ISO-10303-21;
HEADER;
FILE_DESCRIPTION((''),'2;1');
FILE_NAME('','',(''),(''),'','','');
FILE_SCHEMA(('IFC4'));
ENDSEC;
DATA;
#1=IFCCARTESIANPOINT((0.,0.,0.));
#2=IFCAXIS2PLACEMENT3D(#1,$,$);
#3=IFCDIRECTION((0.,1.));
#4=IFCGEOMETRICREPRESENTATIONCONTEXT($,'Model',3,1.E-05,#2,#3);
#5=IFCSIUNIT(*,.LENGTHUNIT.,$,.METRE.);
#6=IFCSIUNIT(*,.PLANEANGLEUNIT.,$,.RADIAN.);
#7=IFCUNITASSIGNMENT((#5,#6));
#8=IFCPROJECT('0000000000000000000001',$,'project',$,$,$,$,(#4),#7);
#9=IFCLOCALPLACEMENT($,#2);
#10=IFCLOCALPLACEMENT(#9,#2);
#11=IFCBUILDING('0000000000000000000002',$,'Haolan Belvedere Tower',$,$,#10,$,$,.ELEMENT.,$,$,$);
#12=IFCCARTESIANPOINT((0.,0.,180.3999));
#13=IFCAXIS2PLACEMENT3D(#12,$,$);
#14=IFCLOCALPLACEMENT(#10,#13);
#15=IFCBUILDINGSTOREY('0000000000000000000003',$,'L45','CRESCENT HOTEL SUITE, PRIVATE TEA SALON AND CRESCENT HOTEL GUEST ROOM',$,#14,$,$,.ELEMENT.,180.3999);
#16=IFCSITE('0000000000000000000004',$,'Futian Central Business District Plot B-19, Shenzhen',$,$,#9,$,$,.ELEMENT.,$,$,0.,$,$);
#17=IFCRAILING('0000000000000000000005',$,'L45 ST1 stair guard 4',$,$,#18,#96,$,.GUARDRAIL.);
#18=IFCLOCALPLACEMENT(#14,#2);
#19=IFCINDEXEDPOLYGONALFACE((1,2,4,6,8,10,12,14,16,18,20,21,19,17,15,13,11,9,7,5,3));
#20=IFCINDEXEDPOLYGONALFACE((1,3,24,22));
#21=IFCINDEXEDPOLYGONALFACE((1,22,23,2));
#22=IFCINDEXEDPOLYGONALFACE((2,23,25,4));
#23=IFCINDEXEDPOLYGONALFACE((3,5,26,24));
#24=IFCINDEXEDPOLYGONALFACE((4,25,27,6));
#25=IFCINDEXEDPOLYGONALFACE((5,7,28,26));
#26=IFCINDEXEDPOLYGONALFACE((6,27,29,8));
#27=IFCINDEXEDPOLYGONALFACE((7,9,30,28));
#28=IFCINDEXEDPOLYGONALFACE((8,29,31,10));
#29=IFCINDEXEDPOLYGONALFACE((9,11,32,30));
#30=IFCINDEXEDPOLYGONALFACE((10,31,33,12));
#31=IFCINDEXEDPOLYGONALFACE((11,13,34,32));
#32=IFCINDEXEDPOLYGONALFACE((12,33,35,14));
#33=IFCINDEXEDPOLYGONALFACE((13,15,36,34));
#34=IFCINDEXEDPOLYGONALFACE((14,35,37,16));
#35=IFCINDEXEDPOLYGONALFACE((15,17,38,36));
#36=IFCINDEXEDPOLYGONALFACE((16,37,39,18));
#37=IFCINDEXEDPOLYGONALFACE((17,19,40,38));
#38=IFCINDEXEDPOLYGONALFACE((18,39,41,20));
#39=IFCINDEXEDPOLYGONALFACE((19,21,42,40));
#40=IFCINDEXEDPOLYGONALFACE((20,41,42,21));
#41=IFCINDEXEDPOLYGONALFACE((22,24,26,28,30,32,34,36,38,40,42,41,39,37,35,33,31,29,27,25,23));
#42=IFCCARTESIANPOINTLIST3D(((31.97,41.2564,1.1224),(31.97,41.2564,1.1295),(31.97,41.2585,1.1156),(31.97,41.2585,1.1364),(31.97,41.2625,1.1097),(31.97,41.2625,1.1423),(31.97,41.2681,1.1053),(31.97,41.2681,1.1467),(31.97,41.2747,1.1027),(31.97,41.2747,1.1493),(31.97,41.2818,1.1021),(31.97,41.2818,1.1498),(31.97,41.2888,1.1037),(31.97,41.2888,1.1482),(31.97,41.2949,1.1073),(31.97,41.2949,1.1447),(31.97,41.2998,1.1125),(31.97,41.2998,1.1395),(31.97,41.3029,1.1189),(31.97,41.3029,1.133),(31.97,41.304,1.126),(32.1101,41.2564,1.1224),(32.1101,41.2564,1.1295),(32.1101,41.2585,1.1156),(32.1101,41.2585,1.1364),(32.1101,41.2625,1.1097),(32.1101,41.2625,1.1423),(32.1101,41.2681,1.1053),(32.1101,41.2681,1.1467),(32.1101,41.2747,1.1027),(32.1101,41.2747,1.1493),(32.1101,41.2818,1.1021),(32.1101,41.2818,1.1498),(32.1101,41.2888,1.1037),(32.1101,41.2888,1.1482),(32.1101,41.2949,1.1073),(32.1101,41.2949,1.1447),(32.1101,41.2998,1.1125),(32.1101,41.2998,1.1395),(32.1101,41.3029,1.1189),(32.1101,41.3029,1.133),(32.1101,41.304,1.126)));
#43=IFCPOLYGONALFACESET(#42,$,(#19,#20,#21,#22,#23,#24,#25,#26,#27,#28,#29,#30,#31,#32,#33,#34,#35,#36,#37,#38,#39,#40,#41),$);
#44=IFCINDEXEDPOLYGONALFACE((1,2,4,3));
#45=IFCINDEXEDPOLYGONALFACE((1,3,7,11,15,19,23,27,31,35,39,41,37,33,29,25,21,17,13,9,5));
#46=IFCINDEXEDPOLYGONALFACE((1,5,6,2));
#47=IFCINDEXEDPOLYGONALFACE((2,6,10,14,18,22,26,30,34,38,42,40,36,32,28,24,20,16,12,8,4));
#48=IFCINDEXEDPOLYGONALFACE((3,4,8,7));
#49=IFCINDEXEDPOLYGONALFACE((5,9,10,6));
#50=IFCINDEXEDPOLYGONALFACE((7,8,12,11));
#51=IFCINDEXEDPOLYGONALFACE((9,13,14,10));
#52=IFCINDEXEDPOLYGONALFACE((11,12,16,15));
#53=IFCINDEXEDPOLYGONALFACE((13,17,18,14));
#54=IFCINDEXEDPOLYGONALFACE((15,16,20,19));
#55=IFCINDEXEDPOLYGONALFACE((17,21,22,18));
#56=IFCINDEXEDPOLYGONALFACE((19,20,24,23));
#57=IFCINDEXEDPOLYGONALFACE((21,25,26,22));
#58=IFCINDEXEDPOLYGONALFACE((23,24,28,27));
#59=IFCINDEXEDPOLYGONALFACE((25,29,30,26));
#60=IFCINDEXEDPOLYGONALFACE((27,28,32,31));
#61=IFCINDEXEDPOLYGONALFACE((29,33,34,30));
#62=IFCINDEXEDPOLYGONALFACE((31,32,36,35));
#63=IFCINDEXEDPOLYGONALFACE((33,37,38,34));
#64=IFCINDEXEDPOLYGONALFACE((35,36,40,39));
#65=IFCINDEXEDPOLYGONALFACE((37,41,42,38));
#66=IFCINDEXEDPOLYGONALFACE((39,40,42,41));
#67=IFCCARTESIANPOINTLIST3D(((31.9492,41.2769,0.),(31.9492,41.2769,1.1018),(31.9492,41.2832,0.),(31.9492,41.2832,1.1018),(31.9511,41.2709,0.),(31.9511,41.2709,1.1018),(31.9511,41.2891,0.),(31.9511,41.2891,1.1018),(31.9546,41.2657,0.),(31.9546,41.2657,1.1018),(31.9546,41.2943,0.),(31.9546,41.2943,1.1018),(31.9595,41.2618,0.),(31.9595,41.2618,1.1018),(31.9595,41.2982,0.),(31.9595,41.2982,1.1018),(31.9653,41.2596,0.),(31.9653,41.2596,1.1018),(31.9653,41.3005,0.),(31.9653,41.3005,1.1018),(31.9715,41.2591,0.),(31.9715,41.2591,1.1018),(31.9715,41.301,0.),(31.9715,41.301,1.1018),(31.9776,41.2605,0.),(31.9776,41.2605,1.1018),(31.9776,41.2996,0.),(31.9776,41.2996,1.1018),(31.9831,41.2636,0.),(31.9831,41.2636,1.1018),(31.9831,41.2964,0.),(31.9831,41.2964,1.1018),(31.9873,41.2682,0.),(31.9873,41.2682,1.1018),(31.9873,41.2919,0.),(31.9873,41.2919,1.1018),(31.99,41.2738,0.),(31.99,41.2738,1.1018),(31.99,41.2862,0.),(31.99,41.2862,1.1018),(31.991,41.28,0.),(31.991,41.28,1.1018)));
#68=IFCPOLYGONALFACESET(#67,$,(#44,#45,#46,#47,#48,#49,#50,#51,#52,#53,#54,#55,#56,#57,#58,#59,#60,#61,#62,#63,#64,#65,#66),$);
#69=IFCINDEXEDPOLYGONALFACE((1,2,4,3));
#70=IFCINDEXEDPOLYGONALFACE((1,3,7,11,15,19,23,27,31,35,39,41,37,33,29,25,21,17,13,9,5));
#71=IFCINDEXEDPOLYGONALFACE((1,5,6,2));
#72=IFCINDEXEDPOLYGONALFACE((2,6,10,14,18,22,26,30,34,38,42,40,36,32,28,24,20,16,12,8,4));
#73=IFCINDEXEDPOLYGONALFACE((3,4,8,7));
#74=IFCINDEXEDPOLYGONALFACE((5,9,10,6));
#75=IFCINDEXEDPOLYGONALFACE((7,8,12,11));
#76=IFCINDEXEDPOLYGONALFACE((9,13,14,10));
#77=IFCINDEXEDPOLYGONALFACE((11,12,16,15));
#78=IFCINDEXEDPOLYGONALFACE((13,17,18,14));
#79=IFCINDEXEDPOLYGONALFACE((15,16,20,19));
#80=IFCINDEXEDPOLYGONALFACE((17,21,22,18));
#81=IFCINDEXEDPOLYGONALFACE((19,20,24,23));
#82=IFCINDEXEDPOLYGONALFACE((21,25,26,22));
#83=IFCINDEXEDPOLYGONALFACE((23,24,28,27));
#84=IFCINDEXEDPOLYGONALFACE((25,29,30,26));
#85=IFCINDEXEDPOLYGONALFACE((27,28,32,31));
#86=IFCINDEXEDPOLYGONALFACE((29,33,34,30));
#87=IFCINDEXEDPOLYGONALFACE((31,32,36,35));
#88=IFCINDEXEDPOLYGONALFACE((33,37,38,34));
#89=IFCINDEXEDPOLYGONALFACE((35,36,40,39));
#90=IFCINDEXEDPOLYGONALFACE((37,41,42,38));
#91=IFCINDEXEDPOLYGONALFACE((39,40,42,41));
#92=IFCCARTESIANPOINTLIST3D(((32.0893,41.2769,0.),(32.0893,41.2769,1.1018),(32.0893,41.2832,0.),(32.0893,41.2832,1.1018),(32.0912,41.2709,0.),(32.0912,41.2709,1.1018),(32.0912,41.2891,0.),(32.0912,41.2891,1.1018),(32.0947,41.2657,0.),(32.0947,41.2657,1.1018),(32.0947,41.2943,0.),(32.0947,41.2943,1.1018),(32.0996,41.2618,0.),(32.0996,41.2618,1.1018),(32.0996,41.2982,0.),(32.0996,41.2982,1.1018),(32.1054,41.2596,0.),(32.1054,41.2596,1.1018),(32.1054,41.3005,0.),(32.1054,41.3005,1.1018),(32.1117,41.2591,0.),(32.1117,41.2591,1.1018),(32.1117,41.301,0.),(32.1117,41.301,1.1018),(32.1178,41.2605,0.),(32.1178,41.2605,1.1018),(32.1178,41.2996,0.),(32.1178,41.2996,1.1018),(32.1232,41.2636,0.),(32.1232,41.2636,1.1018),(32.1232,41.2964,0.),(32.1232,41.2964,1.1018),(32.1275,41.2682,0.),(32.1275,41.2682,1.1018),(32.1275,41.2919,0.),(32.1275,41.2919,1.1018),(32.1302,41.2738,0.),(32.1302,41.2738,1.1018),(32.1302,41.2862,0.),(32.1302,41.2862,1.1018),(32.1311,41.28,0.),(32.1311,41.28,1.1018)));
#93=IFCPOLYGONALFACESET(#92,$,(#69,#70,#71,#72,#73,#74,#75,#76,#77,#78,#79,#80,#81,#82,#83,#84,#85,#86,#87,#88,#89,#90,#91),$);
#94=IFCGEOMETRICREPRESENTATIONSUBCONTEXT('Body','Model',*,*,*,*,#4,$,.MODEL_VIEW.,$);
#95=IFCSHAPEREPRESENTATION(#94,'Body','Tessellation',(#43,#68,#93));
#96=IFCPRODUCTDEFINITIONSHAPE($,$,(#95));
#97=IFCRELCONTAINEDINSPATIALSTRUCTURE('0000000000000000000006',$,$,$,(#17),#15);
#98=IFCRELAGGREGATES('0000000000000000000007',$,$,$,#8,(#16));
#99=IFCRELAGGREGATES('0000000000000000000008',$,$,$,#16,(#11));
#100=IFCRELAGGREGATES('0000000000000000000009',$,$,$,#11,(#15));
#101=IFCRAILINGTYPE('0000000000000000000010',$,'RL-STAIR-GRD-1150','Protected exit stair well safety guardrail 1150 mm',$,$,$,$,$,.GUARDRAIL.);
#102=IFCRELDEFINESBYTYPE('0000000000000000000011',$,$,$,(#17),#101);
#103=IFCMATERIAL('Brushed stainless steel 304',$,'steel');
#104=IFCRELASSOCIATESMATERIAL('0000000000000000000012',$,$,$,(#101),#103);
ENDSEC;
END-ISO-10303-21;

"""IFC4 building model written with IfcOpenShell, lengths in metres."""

from ifc_helpers import new_model, si_unit, direction, frame, origin, origin_2d, place, context, subcontext, project, spatial, circle, extrude, material, type_object, element, save


model = new_model("IFC4")

# Units and contexts
model_context = context("Model", 3, precision=1e-05, world=origin(), true_north=direction((0.0, 1.0)))
body_context = subcontext(model_context, "Body", "Model", "MODEL_VIEW")
ifc_project = project(units=[si_unit("LENGTHUNIT", "METRE"), si_unit("PLANEANGLEUNIT", "RADIAN")], contexts=[model_context])

# Site, building, storey
site_placement = place(None, origin())
site = spatial("IfcSite", under=ifc_project, at=site_placement, Name="Futian Central Business District Plot B-19, Shenzhen", CompositionType="ELEMENT", RefElevation=0.0)
building_placement = place(site_placement, origin())
building = spatial("IfcBuilding", under=site, at=building_placement, Name="Haolan Belvedere Tower", CompositionType="ELEMENT")
storey_placement = place(building_placement, frame((0.0, 0.0, 180.3999)))
storey = spatial("IfcBuildingStorey", under=building, at=storey_placement, Name="L45", Description="CRESCENT HOTEL SUITE, PRIVATE TEA SALON AND CRESCENT HOTEL GUEST ROOM", CompositionType="ELEMENT", Elevation=180.3999)

# Railing
ifc_material_1 = material(Name="Brushed stainless steel 304", Category="steel")
railing_type_1 = type_object("IfcRailingType", Name="RL-STAIR-GRD-1150", Description="Protected exit stair well safety guardrail 1150 mm", PredefinedType="GUARDRAIL", material=ifc_material_1)
railing_1_placement = place(storey_placement, frame((31.97, 41.28, 0.0)))
element("IfcRailing", 1, at=railing_1_placement, inside=storey, type_object=railing_type_1, Name="L45 ST1 stair guard 4", PredefinedType="GUARDRAIL", context=body_context, shape_type="SweptSolid", body=[
    extrude(circle(Radius=0.0239, at=origin_2d()), frame((0.0, 0.0, 1.126), z_axis=(1.0, 0.0, 0.0), x_axis=(0.0, 1.0, 0.0)), (0.0, 0.0, 1.0), 0.1401),
    extrude(circle(Radius=0.021, at=origin_2d()), origin(), (0.0, 0.0, 1.0), 1.1018),
    extrude(circle(Radius=0.021, at=origin_2d()), frame((0.1401, 0.0, 0.0)), (0.0, 0.0, 1.0), 1.1018),
])

save(model, "model.ifc")
